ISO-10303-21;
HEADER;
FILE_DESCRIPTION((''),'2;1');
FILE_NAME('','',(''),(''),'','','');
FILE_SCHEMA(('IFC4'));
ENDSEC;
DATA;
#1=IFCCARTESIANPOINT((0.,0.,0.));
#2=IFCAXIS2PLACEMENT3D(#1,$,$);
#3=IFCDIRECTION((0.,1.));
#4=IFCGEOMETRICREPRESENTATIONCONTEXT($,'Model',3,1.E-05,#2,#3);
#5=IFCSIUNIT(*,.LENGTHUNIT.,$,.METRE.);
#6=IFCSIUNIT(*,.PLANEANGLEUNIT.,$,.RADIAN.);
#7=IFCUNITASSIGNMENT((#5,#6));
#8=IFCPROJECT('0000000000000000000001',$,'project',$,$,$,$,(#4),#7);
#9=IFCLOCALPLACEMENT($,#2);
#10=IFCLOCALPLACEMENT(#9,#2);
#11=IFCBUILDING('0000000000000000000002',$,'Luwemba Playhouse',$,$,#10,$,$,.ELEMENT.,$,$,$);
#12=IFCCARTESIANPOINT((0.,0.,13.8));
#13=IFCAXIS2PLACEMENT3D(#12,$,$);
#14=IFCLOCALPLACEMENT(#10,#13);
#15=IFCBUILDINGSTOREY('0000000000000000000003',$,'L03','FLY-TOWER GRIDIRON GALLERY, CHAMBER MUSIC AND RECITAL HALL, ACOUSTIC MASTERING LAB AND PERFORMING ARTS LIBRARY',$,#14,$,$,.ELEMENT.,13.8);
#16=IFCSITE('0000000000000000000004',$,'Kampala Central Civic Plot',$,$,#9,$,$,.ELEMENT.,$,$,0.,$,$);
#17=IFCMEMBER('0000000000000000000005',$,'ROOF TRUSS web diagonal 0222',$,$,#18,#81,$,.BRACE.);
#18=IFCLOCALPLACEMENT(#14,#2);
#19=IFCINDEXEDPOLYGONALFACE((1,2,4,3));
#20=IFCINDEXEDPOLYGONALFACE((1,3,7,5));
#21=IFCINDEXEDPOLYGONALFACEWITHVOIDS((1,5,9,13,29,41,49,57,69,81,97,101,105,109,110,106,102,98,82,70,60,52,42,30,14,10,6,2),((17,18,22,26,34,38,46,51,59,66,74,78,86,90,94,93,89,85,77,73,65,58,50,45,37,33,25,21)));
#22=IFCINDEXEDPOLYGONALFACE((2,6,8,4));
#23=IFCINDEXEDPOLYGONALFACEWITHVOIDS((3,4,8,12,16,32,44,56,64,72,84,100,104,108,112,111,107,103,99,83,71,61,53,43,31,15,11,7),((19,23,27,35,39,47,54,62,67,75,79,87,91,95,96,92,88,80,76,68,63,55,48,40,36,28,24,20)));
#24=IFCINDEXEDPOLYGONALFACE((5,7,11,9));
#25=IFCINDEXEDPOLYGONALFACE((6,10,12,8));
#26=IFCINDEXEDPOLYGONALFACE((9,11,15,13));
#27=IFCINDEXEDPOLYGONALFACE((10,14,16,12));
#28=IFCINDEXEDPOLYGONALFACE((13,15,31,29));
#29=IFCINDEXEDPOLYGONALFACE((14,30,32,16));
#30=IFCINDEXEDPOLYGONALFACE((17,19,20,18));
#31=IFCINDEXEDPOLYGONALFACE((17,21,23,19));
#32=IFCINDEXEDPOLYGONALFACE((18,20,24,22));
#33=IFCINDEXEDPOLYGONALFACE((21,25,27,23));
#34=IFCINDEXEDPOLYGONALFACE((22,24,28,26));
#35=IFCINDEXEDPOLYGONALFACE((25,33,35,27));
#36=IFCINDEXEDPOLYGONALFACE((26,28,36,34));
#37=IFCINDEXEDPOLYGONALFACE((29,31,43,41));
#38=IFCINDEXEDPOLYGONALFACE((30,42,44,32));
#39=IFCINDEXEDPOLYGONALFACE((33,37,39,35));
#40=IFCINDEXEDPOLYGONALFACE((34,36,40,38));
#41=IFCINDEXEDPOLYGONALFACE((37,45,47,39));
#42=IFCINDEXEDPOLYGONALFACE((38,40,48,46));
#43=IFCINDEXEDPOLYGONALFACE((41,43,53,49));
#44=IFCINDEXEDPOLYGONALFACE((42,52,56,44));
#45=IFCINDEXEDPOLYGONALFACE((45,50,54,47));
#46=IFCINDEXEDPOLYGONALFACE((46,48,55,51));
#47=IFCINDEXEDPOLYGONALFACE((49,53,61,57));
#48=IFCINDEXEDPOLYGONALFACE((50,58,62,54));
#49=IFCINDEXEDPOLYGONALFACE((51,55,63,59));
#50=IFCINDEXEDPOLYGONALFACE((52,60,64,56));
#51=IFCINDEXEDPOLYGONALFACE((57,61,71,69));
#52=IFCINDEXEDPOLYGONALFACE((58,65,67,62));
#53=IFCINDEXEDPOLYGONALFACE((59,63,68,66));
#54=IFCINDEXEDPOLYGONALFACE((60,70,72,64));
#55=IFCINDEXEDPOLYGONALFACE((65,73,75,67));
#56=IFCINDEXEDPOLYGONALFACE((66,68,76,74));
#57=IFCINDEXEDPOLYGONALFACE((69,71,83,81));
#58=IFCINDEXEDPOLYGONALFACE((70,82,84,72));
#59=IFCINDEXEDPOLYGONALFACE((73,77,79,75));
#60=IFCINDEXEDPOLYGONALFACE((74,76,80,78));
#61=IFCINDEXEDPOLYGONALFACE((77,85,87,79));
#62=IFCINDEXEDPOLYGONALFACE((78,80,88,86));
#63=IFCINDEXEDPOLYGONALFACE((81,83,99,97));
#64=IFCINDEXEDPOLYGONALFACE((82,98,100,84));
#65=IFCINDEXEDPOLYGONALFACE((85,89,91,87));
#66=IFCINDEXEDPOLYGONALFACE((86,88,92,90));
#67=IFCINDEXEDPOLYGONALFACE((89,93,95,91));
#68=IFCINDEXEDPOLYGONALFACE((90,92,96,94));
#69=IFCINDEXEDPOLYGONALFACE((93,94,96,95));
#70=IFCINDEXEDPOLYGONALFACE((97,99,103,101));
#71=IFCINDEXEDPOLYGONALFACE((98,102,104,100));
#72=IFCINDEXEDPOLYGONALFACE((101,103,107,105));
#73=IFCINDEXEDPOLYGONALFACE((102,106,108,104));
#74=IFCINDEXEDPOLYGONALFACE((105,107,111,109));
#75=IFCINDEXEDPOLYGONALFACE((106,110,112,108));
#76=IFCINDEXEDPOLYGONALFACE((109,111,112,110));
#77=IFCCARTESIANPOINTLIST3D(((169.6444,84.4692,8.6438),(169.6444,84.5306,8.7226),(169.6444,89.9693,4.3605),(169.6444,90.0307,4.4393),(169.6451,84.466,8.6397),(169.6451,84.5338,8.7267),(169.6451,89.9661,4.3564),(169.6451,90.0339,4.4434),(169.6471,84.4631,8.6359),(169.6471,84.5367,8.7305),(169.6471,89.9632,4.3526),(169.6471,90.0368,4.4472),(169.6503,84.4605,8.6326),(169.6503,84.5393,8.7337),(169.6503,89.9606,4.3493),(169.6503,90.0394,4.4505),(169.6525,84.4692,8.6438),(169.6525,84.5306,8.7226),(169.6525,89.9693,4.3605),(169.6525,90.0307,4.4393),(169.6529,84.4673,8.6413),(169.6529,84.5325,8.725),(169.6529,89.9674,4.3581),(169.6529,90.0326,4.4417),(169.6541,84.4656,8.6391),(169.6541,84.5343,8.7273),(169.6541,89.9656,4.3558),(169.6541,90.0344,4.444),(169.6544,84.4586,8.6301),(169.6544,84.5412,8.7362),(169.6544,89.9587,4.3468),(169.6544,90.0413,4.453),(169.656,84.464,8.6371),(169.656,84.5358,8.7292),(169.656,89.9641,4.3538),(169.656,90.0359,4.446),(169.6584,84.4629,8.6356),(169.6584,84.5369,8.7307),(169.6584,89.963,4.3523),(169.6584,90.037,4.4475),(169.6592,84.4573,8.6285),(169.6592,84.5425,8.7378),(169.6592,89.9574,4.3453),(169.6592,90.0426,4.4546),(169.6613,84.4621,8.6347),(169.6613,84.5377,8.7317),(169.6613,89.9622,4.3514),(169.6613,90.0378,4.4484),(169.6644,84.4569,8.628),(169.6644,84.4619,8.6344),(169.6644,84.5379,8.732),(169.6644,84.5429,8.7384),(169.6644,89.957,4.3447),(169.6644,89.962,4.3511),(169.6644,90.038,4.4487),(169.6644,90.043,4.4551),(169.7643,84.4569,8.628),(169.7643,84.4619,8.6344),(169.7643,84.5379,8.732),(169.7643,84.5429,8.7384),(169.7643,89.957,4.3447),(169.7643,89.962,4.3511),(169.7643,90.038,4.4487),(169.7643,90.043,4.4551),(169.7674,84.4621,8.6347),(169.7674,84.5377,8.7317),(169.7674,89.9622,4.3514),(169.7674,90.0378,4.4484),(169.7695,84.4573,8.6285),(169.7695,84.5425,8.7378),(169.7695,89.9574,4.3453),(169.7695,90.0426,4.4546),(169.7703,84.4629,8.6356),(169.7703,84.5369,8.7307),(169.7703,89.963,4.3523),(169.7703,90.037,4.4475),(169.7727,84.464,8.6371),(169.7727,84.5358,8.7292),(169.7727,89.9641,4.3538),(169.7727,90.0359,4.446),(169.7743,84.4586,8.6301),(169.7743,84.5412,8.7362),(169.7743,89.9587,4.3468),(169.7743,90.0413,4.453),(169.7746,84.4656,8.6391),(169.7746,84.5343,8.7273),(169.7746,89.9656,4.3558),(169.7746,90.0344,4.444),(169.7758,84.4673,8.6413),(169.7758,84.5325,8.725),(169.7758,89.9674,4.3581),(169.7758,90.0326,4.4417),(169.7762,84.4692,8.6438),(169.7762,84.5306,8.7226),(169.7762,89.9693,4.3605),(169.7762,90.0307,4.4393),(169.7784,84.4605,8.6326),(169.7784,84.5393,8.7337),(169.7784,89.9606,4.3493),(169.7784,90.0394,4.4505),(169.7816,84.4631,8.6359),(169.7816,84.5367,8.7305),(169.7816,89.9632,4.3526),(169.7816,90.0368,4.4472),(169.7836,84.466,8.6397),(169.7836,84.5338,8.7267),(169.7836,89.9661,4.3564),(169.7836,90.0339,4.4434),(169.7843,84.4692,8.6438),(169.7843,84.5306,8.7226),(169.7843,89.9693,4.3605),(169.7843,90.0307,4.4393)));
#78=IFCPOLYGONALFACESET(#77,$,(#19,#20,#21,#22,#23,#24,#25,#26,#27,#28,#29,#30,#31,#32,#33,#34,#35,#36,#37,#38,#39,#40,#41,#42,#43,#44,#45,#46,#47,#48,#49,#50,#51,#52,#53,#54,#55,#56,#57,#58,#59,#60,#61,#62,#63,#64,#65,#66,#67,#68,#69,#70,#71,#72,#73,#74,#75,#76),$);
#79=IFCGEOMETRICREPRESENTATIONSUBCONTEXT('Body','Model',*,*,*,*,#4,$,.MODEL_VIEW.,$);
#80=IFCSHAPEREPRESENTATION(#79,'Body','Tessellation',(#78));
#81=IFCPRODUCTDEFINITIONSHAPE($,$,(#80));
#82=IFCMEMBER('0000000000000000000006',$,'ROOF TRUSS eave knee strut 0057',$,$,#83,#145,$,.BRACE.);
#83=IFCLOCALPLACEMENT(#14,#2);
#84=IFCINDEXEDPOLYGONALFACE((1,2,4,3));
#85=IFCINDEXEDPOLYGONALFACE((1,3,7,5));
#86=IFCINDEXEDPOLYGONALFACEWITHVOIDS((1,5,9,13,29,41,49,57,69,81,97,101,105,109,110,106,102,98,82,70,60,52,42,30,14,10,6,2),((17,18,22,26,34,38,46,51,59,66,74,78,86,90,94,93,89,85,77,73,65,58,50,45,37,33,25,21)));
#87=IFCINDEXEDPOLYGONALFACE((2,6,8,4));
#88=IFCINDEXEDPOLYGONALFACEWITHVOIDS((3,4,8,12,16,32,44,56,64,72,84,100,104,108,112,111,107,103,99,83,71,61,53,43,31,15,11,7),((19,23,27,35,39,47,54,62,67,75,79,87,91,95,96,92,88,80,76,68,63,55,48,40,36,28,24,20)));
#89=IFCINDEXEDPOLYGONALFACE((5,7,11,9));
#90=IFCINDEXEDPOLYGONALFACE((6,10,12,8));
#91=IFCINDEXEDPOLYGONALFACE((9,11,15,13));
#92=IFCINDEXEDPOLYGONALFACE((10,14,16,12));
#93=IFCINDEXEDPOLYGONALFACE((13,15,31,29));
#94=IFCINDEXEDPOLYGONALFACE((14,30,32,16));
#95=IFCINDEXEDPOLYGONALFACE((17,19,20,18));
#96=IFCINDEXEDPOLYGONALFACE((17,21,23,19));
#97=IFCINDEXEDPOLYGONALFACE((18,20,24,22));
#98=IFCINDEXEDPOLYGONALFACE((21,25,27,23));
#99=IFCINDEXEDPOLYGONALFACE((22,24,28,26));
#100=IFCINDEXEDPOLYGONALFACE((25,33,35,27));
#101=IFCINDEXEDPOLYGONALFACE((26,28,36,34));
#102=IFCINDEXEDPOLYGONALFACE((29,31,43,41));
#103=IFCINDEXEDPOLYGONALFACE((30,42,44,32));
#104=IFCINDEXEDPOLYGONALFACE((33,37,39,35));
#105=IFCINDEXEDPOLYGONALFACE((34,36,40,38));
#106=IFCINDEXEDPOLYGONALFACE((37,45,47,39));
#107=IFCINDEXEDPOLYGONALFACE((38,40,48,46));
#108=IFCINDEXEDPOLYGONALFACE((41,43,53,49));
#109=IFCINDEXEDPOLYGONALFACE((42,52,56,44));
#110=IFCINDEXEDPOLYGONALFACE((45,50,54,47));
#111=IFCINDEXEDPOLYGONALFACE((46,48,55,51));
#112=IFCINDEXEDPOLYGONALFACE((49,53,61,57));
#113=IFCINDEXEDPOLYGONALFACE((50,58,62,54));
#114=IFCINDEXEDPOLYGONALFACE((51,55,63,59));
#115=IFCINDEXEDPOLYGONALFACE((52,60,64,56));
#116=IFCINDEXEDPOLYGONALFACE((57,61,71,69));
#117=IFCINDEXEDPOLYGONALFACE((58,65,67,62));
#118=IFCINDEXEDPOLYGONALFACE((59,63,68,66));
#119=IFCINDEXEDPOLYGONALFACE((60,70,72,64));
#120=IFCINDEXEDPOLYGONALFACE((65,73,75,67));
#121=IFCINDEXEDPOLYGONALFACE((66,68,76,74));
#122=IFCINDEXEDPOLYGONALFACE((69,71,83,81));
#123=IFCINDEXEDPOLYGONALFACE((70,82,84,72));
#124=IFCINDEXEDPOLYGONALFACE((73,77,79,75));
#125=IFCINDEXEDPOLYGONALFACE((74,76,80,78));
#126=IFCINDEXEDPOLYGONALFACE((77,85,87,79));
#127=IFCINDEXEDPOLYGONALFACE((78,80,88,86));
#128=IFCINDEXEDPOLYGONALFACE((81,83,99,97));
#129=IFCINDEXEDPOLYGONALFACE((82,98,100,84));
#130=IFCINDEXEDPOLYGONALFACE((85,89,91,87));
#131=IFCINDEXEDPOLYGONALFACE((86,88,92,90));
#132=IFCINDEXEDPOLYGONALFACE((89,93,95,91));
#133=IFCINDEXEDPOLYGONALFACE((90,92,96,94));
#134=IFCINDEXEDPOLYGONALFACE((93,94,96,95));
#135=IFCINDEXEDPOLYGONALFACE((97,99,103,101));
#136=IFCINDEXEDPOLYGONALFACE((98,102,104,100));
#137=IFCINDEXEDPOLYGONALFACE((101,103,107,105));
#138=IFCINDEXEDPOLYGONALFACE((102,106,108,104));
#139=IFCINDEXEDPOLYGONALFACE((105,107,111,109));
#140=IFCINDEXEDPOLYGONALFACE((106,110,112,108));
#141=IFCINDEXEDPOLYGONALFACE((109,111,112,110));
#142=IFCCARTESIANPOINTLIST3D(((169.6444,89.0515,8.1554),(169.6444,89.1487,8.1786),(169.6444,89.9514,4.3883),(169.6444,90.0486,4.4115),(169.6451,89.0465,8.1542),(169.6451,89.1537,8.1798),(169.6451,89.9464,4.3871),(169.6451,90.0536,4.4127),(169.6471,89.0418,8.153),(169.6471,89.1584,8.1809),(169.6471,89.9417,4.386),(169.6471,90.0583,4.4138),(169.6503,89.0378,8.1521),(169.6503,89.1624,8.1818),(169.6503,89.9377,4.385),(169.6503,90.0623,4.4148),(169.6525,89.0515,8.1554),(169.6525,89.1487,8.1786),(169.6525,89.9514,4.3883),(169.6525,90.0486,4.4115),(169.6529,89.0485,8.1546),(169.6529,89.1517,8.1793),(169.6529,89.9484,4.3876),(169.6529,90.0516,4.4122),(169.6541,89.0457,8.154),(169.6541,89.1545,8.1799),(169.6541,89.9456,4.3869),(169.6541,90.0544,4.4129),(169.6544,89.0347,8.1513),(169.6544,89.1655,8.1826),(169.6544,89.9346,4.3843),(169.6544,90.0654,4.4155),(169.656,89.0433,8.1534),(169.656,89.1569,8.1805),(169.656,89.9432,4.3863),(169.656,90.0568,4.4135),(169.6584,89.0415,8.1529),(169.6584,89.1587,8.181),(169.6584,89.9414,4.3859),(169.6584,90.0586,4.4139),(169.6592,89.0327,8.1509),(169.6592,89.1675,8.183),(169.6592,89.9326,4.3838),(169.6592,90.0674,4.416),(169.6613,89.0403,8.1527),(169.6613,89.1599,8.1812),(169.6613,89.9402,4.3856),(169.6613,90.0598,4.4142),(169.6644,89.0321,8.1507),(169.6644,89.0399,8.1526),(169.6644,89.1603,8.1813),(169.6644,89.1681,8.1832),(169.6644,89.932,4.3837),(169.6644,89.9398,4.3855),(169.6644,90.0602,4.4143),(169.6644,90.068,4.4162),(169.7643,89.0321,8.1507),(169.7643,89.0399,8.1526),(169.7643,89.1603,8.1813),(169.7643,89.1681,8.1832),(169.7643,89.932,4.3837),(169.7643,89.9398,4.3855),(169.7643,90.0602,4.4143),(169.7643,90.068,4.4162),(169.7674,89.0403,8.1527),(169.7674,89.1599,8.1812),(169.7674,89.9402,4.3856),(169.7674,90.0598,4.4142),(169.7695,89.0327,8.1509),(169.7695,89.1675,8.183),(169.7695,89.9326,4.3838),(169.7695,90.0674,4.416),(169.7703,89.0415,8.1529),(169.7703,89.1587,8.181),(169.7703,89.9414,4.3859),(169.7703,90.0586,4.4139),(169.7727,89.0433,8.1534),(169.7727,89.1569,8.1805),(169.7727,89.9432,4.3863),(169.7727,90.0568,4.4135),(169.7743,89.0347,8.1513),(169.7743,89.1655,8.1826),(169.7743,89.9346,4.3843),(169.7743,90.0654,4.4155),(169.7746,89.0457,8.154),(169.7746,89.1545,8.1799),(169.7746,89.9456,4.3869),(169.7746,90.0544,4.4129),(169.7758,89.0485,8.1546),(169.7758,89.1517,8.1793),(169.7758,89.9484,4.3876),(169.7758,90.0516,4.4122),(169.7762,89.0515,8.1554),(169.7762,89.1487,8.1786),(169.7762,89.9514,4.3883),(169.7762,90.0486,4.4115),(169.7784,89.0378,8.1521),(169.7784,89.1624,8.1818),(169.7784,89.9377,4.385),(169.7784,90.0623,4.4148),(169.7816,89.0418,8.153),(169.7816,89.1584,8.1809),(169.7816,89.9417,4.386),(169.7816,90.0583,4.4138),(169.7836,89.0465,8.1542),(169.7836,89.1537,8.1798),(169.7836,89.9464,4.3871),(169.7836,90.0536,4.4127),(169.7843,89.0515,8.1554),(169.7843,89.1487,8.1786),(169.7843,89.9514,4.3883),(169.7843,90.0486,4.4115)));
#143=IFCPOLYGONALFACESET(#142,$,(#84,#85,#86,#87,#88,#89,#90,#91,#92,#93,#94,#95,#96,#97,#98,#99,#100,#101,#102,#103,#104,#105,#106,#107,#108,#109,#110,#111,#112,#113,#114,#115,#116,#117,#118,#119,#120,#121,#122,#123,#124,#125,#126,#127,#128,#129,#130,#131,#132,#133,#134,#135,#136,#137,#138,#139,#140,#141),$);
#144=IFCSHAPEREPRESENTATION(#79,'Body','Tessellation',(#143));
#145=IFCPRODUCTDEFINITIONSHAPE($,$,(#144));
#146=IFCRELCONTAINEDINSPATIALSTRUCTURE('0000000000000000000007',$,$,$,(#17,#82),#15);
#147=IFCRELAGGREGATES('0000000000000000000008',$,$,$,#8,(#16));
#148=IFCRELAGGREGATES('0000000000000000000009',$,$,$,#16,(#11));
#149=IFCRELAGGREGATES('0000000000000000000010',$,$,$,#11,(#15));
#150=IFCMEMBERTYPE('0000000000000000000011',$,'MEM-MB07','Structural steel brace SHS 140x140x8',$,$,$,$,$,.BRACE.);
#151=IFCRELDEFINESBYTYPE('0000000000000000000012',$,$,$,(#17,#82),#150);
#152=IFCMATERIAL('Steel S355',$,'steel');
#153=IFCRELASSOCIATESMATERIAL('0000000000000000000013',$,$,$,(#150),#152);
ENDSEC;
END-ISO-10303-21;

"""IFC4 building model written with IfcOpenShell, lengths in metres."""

from ifc_helpers import new_model, si_unit, direction, frame, origin, origin_2d, place, context, subcontext, project, spatial, hollow_rectangle, extrude, material, material_profile, profile_set, type_object, element, save


model = new_model("IFC4")

# Units and contexts
model_context = context("Model", 3, precision=1e-05, world=origin(), true_north=direction((0.0, 1.0)))
body_context = subcontext(model_context, "Body", "Model", "MODEL_VIEW")
ifc_project = project(units=[si_unit("LENGTHUNIT", "METRE"), si_unit("PLANEANGLEUNIT", "RADIAN")], contexts=[model_context])

# Site, building, storey
site_placement = place(None, origin())
site = spatial("IfcSite", under=ifc_project, at=site_placement, Name="Kampala Central Civic Plot", CompositionType="ELEMENT", RefElevation=0.0)
building_placement = place(site_placement, origin())
building = spatial("IfcBuilding", under=site, at=building_placement, Name="Luwemba Playhouse", CompositionType="ELEMENT")
storey_placement = place(building_placement, frame((0.0, 0.0, 13.8)))
storey = spatial("IfcBuildingStorey", under=building, at=storey_placement, Name="L03", Description="FLY-TOWER GRIDIRON GALLERY, CHAMBER MUSIC AND RECITAL HALL, ACOUSTIC MASTERING LAB AND PERFORMING ARTS LIBRARY", CompositionType="ELEMENT", Elevation=13.8)

# Shared definitions
ifc_material_1 = material(Name="Steel S355", Category="steel")

# Members
ifc_material_profile_1 = material_profile(ifc_material_1, hollow_rectangle(XDim=0.1399, YDim=0.1399, WallThickness=0.0081, InnerFilletRadius=0.012, OuterFilletRadius=0.02, at=origin_2d()))
ifc_profile_set_1 = profile_set([ifc_material_profile_1], Name="Steel S355")
member_type_1 = type_object("IfcMemberType", Name="MEM-MB07", Description="Structural steel brace SHS 140x140x8", PredefinedType="BRACE", material=ifc_profile_set_1)
member_1_placement = place(storey_placement, frame((169.7144, 90.0, 4.3999), z_axis=(0.0, -0.788975, 0.614425), x_axis=(1.0, 0.0, 0.0)))
element("IfcMember", 1, at=member_1_placement, inside=storey, type_object=member_type_1, Name="ROOF TRUSS web diagonal 0222", PredefinedType="BRACE", context=body_context, shape_type="SweptSolid", body=[
    extrude(hollow_rectangle(XDim=0.1399, YDim=0.1399, WallThickness=0.0081, InnerFilletRadius=0.012, OuterFilletRadius=0.02, at=origin_2d()), origin(), (0.0, 0.0, 1.0), 6.9712),
])
member_2_placement = place(storey_placement, frame((169.7144, 90.0, 4.3999), z_axis=(0.0, -0.232348, 0.972633), x_axis=(1.0, 0.0, 0.0)))
element("IfcMember", 2, at=member_2_placement, inside=storey, type_object=member_type_1, Name="ROOF TRUSS eave knee strut 0057", PredefinedType="BRACE", context=body_context, shape_type="SweptSolid", body=[
    extrude(hollow_rectangle(XDim=0.1399, YDim=0.1399, WallThickness=0.0081, InnerFilletRadius=0.012, OuterFilletRadius=0.02, at=origin_2d()), origin(), (0.0, 0.0, 1.0), 3.873),
])

save(model, "model.ifc")
